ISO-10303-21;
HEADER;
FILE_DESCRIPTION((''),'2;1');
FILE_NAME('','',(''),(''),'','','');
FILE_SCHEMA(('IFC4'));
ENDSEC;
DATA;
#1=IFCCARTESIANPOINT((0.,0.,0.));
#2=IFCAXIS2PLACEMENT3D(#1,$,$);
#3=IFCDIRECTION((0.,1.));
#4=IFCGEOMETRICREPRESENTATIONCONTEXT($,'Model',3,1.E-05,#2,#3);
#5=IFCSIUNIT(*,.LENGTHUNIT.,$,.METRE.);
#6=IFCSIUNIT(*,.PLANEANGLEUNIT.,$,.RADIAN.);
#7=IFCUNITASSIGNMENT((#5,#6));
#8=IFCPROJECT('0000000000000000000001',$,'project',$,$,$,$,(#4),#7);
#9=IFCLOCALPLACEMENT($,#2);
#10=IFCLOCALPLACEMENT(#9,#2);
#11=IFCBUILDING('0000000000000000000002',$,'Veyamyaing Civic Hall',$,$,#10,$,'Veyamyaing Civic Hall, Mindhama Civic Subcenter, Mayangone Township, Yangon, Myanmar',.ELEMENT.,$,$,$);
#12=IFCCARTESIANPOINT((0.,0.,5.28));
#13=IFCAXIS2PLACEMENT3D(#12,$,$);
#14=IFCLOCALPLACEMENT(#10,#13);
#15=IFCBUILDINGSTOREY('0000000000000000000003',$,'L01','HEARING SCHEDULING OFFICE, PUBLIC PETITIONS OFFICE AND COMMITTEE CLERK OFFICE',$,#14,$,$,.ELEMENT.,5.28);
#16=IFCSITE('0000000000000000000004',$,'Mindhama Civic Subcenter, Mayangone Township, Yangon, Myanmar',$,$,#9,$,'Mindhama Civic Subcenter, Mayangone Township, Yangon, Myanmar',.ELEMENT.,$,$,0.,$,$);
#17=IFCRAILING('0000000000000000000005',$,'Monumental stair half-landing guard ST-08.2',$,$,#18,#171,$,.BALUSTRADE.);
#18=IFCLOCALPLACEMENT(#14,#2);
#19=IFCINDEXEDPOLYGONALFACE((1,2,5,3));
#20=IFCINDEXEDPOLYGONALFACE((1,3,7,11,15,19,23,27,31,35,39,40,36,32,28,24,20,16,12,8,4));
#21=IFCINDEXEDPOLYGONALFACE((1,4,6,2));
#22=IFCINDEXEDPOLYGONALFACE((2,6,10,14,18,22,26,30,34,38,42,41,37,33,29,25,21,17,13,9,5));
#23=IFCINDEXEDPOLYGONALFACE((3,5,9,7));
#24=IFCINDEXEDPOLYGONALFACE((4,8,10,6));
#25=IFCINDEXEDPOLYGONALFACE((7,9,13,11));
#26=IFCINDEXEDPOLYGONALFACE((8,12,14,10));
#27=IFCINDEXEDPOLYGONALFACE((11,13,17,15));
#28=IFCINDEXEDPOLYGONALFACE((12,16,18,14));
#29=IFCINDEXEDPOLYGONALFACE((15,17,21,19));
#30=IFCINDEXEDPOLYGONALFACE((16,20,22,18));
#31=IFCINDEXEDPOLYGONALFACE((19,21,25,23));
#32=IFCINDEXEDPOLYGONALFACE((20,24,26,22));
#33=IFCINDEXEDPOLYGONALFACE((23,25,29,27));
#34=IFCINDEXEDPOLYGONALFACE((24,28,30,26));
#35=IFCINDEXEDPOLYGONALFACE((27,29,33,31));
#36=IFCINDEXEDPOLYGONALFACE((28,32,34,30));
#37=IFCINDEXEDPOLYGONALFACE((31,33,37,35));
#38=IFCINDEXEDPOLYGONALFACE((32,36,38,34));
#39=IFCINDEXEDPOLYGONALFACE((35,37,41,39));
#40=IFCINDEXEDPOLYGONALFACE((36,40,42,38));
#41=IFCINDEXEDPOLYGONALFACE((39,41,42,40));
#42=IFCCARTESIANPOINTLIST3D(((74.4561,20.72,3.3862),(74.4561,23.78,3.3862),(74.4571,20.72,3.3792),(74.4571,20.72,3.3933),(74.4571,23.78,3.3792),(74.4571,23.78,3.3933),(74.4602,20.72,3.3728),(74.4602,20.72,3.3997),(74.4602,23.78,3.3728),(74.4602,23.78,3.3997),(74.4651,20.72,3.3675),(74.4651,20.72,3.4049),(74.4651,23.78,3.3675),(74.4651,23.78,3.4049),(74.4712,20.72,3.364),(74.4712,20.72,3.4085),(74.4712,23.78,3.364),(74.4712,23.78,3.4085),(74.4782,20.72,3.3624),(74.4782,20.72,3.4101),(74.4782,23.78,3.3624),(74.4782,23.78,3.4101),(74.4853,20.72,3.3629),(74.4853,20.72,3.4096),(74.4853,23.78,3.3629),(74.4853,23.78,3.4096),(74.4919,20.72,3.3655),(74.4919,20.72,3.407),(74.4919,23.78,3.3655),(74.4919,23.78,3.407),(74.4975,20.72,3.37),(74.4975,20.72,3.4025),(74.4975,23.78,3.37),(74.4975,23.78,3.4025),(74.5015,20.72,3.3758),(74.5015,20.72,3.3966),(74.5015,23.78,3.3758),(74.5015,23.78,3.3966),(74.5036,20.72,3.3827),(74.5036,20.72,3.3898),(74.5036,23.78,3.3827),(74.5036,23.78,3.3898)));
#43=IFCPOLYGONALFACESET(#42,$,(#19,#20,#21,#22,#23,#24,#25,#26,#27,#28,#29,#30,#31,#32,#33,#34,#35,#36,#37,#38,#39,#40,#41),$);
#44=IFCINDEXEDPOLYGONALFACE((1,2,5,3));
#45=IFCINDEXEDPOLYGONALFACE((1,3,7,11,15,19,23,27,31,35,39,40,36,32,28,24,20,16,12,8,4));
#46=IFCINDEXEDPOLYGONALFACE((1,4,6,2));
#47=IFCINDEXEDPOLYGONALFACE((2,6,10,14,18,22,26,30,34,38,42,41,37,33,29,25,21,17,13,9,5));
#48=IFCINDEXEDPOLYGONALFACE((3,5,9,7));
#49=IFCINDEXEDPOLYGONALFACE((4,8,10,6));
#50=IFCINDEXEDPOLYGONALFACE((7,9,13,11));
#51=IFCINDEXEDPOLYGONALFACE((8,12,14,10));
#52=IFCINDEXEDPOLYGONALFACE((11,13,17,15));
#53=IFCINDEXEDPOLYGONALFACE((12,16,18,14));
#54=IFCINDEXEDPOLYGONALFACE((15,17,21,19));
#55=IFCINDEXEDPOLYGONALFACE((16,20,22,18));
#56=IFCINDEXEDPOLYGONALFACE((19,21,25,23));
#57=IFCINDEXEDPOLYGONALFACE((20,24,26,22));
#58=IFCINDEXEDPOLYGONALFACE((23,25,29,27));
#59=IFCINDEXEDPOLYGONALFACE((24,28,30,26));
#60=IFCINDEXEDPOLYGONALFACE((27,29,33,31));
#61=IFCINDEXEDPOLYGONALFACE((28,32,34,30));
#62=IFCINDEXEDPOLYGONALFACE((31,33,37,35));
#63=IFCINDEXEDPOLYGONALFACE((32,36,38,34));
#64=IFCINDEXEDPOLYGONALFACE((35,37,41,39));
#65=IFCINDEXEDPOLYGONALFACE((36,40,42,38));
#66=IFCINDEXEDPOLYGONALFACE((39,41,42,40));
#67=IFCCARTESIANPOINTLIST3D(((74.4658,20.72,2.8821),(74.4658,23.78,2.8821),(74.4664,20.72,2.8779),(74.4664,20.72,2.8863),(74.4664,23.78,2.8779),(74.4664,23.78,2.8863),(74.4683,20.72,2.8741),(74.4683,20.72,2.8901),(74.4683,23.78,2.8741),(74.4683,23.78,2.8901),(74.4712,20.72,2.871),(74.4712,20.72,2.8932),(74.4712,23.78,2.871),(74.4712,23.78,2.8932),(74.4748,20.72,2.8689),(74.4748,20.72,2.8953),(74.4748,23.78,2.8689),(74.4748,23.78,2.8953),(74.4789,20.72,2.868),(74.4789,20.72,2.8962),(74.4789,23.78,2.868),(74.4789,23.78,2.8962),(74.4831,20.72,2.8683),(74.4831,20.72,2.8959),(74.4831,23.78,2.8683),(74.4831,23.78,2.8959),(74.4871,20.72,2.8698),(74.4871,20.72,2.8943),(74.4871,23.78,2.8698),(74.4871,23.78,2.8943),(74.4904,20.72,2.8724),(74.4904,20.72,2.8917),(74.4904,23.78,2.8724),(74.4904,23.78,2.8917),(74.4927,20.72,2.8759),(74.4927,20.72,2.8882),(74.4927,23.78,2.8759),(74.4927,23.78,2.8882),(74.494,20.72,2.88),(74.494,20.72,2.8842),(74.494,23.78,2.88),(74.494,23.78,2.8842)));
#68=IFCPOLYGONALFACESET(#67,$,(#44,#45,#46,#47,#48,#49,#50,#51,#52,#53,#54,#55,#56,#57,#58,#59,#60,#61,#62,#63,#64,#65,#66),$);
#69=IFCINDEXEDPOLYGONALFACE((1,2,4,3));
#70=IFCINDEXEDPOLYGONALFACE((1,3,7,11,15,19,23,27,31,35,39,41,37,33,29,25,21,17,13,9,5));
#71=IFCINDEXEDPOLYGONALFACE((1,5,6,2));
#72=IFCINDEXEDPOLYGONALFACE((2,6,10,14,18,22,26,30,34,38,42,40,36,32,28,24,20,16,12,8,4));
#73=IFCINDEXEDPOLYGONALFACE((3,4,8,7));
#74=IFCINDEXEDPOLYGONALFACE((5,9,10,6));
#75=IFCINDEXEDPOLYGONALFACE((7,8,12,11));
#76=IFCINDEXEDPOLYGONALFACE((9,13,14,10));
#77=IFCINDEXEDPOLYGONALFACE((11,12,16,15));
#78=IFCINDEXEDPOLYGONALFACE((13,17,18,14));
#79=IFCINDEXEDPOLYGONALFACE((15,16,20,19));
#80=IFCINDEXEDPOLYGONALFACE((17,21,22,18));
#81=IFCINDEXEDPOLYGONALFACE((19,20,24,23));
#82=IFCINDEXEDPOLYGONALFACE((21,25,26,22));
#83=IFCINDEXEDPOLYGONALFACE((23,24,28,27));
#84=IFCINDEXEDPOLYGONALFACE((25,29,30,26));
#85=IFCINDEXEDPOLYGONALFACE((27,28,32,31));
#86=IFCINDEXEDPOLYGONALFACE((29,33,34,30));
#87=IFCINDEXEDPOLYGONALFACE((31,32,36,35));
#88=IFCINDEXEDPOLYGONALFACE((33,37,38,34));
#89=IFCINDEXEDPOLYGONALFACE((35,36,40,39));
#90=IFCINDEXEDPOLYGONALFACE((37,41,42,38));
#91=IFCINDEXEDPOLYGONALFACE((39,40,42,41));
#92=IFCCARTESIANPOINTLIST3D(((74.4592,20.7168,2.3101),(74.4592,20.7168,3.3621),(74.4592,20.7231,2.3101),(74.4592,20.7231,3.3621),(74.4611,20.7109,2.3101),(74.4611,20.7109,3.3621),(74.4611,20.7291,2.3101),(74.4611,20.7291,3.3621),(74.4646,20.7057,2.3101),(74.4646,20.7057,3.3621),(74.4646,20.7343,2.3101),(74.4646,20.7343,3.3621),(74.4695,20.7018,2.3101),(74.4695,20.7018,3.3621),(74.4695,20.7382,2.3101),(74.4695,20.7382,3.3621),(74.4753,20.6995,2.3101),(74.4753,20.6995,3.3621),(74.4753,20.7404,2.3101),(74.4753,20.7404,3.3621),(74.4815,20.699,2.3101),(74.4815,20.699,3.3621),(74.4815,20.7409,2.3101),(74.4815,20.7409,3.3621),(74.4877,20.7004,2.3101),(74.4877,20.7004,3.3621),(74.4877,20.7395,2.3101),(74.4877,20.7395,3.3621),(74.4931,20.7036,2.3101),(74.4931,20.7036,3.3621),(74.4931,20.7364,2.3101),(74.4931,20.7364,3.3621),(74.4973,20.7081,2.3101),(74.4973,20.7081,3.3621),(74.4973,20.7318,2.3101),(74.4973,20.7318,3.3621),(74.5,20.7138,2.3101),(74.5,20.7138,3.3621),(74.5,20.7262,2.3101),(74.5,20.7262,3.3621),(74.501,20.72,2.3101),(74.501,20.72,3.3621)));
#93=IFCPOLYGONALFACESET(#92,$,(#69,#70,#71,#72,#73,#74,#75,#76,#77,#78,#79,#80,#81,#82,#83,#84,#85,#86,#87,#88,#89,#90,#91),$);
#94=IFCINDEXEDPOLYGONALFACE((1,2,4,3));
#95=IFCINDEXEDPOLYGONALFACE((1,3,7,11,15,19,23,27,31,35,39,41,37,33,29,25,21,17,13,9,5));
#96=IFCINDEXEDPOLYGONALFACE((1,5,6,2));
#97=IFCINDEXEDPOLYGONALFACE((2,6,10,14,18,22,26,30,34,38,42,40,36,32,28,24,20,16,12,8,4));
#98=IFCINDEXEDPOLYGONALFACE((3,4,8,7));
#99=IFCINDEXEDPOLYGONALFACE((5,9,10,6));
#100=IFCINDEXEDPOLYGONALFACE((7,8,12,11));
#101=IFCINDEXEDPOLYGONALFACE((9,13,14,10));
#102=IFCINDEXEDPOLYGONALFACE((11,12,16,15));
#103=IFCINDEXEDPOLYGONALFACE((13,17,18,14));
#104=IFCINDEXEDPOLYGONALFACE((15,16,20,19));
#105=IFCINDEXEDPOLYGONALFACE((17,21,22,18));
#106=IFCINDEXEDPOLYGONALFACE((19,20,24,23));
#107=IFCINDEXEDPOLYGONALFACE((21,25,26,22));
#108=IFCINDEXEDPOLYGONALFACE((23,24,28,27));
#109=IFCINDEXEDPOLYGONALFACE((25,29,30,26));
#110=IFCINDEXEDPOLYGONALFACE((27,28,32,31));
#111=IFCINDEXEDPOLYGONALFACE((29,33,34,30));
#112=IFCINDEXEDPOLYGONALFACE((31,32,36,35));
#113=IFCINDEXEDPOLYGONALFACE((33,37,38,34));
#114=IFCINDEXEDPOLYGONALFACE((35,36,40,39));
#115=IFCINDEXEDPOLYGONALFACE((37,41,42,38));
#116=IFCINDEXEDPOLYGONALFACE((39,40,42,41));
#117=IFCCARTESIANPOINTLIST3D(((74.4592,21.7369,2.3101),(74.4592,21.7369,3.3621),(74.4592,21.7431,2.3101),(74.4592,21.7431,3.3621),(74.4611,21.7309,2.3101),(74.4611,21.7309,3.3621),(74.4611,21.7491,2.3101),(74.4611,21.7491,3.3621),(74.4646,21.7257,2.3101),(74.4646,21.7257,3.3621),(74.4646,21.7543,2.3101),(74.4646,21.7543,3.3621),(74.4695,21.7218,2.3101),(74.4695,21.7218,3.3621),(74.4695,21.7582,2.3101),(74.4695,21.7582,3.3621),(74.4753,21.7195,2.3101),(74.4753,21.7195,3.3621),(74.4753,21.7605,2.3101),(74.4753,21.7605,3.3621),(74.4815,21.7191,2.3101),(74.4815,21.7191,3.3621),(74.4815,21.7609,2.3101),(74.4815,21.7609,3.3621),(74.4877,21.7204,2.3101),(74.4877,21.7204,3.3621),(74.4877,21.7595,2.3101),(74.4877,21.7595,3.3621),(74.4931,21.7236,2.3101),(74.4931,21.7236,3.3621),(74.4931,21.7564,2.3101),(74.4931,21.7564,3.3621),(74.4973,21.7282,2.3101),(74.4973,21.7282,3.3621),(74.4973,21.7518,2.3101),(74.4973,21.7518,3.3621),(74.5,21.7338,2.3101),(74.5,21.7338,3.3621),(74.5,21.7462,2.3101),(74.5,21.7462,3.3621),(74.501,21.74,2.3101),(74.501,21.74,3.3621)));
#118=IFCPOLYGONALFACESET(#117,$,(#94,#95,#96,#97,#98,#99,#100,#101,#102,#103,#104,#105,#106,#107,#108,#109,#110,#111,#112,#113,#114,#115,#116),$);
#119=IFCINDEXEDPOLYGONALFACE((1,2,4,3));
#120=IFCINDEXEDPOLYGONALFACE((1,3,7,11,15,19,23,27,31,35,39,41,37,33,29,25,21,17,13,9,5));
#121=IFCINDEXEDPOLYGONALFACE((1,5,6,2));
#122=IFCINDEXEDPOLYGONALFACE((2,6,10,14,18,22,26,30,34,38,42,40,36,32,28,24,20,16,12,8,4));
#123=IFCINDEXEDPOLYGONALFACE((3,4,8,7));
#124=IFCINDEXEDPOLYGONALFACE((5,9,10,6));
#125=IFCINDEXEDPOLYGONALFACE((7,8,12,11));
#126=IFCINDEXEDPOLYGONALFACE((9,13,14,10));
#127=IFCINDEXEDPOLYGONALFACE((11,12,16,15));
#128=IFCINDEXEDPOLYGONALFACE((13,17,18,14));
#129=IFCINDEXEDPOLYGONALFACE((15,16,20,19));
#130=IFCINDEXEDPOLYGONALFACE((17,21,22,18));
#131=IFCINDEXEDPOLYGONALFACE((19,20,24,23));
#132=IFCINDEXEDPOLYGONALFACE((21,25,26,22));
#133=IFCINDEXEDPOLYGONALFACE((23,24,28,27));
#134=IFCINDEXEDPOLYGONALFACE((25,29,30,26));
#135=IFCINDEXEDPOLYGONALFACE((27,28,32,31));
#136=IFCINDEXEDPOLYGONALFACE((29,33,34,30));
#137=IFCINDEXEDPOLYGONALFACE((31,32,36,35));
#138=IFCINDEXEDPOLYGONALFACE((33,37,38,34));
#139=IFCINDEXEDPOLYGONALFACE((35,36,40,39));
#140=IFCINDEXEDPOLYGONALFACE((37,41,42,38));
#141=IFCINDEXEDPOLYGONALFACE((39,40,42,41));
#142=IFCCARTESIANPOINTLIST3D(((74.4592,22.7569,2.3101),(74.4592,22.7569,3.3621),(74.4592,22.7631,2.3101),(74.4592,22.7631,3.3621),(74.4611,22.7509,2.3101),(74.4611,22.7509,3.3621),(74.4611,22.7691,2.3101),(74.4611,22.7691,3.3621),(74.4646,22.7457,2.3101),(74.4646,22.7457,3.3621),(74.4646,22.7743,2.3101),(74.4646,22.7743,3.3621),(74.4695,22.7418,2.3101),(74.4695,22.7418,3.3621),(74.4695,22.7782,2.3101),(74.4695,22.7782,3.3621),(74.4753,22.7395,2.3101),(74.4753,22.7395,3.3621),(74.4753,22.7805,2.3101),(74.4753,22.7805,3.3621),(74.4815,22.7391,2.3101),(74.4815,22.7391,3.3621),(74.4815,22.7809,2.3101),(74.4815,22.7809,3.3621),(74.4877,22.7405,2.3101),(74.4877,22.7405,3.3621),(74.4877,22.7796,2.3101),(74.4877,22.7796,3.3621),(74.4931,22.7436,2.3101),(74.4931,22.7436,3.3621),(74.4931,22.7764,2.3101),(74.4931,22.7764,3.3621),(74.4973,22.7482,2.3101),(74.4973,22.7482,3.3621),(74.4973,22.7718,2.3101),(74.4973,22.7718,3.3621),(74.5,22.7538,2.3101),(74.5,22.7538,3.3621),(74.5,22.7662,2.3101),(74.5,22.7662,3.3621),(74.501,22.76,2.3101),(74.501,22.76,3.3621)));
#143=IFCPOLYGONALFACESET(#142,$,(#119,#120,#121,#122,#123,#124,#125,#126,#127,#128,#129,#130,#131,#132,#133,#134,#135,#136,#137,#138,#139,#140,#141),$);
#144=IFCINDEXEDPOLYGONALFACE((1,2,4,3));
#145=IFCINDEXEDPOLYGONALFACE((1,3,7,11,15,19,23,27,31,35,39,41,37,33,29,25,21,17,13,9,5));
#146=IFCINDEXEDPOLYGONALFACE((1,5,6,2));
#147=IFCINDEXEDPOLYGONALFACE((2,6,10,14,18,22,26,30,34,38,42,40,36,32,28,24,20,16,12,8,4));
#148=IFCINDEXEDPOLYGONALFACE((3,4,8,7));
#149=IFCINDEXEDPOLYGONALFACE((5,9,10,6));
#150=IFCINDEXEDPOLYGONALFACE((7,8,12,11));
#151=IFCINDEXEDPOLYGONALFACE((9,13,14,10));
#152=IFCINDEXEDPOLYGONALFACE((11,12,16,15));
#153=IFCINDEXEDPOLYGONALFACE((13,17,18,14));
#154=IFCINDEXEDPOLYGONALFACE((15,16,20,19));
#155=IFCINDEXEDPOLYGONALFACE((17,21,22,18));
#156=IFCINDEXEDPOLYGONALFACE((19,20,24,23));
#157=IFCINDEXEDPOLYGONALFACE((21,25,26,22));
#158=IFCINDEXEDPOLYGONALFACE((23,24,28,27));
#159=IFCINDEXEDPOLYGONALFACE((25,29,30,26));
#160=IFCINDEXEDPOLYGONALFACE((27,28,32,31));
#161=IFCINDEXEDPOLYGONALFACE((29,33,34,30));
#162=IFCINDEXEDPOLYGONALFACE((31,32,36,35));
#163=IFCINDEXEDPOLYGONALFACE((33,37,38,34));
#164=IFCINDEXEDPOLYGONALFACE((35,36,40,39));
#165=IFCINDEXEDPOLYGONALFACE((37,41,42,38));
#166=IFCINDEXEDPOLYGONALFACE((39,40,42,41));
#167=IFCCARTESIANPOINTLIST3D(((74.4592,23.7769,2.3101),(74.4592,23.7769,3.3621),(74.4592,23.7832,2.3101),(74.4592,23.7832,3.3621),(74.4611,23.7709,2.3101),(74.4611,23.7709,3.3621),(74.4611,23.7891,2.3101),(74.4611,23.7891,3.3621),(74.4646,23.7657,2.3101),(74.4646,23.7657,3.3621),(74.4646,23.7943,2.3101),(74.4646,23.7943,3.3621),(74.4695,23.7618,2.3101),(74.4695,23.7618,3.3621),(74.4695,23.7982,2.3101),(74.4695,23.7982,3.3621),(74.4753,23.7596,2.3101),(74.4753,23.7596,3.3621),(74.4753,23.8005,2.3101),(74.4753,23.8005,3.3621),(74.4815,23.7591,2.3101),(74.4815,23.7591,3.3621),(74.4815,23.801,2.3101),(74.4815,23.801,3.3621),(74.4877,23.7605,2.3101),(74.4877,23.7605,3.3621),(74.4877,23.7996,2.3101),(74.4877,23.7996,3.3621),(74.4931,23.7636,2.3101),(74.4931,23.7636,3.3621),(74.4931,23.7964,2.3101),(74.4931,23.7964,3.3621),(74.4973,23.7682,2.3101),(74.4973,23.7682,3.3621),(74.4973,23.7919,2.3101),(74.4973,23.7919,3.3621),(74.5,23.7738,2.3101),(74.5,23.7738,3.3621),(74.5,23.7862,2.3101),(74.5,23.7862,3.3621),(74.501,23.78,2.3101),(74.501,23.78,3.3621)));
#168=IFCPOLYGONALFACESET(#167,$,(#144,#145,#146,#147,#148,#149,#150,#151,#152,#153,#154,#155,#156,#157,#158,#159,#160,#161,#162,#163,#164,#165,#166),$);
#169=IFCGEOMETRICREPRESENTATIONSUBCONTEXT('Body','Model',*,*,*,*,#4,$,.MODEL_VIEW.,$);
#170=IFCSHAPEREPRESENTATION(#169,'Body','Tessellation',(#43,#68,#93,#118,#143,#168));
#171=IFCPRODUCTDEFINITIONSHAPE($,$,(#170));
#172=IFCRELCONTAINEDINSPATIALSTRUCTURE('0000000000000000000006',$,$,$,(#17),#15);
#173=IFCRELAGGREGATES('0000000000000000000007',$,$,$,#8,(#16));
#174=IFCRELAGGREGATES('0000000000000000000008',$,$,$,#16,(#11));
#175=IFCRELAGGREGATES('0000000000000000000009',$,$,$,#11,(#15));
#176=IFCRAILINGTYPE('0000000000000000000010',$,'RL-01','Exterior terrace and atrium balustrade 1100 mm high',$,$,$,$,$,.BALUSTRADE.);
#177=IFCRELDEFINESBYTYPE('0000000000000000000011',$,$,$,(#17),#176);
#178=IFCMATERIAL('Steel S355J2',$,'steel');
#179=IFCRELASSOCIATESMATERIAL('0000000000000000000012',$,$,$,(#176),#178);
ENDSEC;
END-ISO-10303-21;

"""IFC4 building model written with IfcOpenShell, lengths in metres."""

from ifc_helpers import new_model, si_unit, direction, frame, origin, origin_2d, place, context, subcontext, project, spatial, circle, extrude, material, type_object, element, save


model = new_model("IFC4")

# Units and contexts
model_context = context("Model", 3, precision=1e-05, world=origin(), true_north=direction((0.0, 1.0)))
body_context = subcontext(model_context, "Body", "Model", "MODEL_VIEW")
ifc_project = project(units=[si_unit("LENGTHUNIT", "METRE"), si_unit("PLANEANGLEUNIT", "RADIAN")], contexts=[model_context])

# Site, building, storey
site_placement = place(None, origin())
site = spatial("IfcSite", under=ifc_project, at=site_placement, Name="Mindhama Civic Subcenter, Mayangone Township, Yangon, Myanmar", LongName="Mindhama Civic Subcenter, Mayangone Township, Yangon, Myanmar", CompositionType="ELEMENT", RefElevation=0.0)
building_placement = place(site_placement, origin())
building = spatial("IfcBuilding", under=site, at=building_placement, Name="Veyamyaing Civic Hall", LongName="Veyamyaing Civic Hall, Mindhama Civic Subcenter, Mayangone Township, Yangon, Myanmar", CompositionType="ELEMENT")
storey_placement = place(building_placement, frame((0.0, 0.0, 5.28)))
storey = spatial("IfcBuildingStorey", under=building, at=storey_placement, Name="L01", Description="HEARING SCHEDULING OFFICE, PUBLIC PETITIONS OFFICE AND COMMITTEE CLERK OFFICE", CompositionType="ELEMENT", Elevation=5.28)

# Railing
ifc_material_1 = material(Name="Steel S355J2", Category="steel")
railing_type_1 = type_object("IfcRailingType", Name="RL-01", Description="Exterior terrace and atrium balustrade 1100 mm high", PredefinedType="BALUSTRADE", material=ifc_material_1)
railing_1_placement = place(storey_placement, frame((74.48, 20.72, 2.3101)))
element("IfcRailing", 1, at=railing_1_placement, inside=storey, type_object=railing_type_1, Name="Monumental stair half-landing guard ST-08.2", PredefinedType="BALUSTRADE", context=body_context, shape_type="SweptSolid", body=[
    extrude(circle(Radius=0.0239, at=origin_2d()), frame((0.0, 0.0, 1.0762), z_axis=(0.0, 1.0, 0.0), x_axis=(-1.0, 0.0, 0.0)), (0.0, 0.0, 1.0), 3.0601),
    extrude(circle(Radius=0.0142, at=origin_2d()), frame((0.0, 0.0, 0.572), z_axis=(0.0, 1.0, 0.0), x_axis=(-1.0, 0.0, 0.0)), (0.0, 0.0, 1.0), 3.0601),
    extrude(circle(Radius=0.021, at=origin_2d()), origin(), (0.0, 0.0, 1.0), 1.052),
    extrude(circle(Radius=0.021, at=origin_2d()), frame((0.0, 1.02, 0.0)), (0.0, 0.0, 1.0), 1.052),
    extrude(circle(Radius=0.021, at=origin_2d()), frame((0.0, 2.04, 0.0)), (0.0, 0.0, 1.0), 1.052),
    extrude(circle(Radius=0.021, at=origin_2d()), frame((0.0, 3.0601, 0.0)), (0.0, 0.0, 1.0), 1.052),
])

save(model, "model.ifc")
